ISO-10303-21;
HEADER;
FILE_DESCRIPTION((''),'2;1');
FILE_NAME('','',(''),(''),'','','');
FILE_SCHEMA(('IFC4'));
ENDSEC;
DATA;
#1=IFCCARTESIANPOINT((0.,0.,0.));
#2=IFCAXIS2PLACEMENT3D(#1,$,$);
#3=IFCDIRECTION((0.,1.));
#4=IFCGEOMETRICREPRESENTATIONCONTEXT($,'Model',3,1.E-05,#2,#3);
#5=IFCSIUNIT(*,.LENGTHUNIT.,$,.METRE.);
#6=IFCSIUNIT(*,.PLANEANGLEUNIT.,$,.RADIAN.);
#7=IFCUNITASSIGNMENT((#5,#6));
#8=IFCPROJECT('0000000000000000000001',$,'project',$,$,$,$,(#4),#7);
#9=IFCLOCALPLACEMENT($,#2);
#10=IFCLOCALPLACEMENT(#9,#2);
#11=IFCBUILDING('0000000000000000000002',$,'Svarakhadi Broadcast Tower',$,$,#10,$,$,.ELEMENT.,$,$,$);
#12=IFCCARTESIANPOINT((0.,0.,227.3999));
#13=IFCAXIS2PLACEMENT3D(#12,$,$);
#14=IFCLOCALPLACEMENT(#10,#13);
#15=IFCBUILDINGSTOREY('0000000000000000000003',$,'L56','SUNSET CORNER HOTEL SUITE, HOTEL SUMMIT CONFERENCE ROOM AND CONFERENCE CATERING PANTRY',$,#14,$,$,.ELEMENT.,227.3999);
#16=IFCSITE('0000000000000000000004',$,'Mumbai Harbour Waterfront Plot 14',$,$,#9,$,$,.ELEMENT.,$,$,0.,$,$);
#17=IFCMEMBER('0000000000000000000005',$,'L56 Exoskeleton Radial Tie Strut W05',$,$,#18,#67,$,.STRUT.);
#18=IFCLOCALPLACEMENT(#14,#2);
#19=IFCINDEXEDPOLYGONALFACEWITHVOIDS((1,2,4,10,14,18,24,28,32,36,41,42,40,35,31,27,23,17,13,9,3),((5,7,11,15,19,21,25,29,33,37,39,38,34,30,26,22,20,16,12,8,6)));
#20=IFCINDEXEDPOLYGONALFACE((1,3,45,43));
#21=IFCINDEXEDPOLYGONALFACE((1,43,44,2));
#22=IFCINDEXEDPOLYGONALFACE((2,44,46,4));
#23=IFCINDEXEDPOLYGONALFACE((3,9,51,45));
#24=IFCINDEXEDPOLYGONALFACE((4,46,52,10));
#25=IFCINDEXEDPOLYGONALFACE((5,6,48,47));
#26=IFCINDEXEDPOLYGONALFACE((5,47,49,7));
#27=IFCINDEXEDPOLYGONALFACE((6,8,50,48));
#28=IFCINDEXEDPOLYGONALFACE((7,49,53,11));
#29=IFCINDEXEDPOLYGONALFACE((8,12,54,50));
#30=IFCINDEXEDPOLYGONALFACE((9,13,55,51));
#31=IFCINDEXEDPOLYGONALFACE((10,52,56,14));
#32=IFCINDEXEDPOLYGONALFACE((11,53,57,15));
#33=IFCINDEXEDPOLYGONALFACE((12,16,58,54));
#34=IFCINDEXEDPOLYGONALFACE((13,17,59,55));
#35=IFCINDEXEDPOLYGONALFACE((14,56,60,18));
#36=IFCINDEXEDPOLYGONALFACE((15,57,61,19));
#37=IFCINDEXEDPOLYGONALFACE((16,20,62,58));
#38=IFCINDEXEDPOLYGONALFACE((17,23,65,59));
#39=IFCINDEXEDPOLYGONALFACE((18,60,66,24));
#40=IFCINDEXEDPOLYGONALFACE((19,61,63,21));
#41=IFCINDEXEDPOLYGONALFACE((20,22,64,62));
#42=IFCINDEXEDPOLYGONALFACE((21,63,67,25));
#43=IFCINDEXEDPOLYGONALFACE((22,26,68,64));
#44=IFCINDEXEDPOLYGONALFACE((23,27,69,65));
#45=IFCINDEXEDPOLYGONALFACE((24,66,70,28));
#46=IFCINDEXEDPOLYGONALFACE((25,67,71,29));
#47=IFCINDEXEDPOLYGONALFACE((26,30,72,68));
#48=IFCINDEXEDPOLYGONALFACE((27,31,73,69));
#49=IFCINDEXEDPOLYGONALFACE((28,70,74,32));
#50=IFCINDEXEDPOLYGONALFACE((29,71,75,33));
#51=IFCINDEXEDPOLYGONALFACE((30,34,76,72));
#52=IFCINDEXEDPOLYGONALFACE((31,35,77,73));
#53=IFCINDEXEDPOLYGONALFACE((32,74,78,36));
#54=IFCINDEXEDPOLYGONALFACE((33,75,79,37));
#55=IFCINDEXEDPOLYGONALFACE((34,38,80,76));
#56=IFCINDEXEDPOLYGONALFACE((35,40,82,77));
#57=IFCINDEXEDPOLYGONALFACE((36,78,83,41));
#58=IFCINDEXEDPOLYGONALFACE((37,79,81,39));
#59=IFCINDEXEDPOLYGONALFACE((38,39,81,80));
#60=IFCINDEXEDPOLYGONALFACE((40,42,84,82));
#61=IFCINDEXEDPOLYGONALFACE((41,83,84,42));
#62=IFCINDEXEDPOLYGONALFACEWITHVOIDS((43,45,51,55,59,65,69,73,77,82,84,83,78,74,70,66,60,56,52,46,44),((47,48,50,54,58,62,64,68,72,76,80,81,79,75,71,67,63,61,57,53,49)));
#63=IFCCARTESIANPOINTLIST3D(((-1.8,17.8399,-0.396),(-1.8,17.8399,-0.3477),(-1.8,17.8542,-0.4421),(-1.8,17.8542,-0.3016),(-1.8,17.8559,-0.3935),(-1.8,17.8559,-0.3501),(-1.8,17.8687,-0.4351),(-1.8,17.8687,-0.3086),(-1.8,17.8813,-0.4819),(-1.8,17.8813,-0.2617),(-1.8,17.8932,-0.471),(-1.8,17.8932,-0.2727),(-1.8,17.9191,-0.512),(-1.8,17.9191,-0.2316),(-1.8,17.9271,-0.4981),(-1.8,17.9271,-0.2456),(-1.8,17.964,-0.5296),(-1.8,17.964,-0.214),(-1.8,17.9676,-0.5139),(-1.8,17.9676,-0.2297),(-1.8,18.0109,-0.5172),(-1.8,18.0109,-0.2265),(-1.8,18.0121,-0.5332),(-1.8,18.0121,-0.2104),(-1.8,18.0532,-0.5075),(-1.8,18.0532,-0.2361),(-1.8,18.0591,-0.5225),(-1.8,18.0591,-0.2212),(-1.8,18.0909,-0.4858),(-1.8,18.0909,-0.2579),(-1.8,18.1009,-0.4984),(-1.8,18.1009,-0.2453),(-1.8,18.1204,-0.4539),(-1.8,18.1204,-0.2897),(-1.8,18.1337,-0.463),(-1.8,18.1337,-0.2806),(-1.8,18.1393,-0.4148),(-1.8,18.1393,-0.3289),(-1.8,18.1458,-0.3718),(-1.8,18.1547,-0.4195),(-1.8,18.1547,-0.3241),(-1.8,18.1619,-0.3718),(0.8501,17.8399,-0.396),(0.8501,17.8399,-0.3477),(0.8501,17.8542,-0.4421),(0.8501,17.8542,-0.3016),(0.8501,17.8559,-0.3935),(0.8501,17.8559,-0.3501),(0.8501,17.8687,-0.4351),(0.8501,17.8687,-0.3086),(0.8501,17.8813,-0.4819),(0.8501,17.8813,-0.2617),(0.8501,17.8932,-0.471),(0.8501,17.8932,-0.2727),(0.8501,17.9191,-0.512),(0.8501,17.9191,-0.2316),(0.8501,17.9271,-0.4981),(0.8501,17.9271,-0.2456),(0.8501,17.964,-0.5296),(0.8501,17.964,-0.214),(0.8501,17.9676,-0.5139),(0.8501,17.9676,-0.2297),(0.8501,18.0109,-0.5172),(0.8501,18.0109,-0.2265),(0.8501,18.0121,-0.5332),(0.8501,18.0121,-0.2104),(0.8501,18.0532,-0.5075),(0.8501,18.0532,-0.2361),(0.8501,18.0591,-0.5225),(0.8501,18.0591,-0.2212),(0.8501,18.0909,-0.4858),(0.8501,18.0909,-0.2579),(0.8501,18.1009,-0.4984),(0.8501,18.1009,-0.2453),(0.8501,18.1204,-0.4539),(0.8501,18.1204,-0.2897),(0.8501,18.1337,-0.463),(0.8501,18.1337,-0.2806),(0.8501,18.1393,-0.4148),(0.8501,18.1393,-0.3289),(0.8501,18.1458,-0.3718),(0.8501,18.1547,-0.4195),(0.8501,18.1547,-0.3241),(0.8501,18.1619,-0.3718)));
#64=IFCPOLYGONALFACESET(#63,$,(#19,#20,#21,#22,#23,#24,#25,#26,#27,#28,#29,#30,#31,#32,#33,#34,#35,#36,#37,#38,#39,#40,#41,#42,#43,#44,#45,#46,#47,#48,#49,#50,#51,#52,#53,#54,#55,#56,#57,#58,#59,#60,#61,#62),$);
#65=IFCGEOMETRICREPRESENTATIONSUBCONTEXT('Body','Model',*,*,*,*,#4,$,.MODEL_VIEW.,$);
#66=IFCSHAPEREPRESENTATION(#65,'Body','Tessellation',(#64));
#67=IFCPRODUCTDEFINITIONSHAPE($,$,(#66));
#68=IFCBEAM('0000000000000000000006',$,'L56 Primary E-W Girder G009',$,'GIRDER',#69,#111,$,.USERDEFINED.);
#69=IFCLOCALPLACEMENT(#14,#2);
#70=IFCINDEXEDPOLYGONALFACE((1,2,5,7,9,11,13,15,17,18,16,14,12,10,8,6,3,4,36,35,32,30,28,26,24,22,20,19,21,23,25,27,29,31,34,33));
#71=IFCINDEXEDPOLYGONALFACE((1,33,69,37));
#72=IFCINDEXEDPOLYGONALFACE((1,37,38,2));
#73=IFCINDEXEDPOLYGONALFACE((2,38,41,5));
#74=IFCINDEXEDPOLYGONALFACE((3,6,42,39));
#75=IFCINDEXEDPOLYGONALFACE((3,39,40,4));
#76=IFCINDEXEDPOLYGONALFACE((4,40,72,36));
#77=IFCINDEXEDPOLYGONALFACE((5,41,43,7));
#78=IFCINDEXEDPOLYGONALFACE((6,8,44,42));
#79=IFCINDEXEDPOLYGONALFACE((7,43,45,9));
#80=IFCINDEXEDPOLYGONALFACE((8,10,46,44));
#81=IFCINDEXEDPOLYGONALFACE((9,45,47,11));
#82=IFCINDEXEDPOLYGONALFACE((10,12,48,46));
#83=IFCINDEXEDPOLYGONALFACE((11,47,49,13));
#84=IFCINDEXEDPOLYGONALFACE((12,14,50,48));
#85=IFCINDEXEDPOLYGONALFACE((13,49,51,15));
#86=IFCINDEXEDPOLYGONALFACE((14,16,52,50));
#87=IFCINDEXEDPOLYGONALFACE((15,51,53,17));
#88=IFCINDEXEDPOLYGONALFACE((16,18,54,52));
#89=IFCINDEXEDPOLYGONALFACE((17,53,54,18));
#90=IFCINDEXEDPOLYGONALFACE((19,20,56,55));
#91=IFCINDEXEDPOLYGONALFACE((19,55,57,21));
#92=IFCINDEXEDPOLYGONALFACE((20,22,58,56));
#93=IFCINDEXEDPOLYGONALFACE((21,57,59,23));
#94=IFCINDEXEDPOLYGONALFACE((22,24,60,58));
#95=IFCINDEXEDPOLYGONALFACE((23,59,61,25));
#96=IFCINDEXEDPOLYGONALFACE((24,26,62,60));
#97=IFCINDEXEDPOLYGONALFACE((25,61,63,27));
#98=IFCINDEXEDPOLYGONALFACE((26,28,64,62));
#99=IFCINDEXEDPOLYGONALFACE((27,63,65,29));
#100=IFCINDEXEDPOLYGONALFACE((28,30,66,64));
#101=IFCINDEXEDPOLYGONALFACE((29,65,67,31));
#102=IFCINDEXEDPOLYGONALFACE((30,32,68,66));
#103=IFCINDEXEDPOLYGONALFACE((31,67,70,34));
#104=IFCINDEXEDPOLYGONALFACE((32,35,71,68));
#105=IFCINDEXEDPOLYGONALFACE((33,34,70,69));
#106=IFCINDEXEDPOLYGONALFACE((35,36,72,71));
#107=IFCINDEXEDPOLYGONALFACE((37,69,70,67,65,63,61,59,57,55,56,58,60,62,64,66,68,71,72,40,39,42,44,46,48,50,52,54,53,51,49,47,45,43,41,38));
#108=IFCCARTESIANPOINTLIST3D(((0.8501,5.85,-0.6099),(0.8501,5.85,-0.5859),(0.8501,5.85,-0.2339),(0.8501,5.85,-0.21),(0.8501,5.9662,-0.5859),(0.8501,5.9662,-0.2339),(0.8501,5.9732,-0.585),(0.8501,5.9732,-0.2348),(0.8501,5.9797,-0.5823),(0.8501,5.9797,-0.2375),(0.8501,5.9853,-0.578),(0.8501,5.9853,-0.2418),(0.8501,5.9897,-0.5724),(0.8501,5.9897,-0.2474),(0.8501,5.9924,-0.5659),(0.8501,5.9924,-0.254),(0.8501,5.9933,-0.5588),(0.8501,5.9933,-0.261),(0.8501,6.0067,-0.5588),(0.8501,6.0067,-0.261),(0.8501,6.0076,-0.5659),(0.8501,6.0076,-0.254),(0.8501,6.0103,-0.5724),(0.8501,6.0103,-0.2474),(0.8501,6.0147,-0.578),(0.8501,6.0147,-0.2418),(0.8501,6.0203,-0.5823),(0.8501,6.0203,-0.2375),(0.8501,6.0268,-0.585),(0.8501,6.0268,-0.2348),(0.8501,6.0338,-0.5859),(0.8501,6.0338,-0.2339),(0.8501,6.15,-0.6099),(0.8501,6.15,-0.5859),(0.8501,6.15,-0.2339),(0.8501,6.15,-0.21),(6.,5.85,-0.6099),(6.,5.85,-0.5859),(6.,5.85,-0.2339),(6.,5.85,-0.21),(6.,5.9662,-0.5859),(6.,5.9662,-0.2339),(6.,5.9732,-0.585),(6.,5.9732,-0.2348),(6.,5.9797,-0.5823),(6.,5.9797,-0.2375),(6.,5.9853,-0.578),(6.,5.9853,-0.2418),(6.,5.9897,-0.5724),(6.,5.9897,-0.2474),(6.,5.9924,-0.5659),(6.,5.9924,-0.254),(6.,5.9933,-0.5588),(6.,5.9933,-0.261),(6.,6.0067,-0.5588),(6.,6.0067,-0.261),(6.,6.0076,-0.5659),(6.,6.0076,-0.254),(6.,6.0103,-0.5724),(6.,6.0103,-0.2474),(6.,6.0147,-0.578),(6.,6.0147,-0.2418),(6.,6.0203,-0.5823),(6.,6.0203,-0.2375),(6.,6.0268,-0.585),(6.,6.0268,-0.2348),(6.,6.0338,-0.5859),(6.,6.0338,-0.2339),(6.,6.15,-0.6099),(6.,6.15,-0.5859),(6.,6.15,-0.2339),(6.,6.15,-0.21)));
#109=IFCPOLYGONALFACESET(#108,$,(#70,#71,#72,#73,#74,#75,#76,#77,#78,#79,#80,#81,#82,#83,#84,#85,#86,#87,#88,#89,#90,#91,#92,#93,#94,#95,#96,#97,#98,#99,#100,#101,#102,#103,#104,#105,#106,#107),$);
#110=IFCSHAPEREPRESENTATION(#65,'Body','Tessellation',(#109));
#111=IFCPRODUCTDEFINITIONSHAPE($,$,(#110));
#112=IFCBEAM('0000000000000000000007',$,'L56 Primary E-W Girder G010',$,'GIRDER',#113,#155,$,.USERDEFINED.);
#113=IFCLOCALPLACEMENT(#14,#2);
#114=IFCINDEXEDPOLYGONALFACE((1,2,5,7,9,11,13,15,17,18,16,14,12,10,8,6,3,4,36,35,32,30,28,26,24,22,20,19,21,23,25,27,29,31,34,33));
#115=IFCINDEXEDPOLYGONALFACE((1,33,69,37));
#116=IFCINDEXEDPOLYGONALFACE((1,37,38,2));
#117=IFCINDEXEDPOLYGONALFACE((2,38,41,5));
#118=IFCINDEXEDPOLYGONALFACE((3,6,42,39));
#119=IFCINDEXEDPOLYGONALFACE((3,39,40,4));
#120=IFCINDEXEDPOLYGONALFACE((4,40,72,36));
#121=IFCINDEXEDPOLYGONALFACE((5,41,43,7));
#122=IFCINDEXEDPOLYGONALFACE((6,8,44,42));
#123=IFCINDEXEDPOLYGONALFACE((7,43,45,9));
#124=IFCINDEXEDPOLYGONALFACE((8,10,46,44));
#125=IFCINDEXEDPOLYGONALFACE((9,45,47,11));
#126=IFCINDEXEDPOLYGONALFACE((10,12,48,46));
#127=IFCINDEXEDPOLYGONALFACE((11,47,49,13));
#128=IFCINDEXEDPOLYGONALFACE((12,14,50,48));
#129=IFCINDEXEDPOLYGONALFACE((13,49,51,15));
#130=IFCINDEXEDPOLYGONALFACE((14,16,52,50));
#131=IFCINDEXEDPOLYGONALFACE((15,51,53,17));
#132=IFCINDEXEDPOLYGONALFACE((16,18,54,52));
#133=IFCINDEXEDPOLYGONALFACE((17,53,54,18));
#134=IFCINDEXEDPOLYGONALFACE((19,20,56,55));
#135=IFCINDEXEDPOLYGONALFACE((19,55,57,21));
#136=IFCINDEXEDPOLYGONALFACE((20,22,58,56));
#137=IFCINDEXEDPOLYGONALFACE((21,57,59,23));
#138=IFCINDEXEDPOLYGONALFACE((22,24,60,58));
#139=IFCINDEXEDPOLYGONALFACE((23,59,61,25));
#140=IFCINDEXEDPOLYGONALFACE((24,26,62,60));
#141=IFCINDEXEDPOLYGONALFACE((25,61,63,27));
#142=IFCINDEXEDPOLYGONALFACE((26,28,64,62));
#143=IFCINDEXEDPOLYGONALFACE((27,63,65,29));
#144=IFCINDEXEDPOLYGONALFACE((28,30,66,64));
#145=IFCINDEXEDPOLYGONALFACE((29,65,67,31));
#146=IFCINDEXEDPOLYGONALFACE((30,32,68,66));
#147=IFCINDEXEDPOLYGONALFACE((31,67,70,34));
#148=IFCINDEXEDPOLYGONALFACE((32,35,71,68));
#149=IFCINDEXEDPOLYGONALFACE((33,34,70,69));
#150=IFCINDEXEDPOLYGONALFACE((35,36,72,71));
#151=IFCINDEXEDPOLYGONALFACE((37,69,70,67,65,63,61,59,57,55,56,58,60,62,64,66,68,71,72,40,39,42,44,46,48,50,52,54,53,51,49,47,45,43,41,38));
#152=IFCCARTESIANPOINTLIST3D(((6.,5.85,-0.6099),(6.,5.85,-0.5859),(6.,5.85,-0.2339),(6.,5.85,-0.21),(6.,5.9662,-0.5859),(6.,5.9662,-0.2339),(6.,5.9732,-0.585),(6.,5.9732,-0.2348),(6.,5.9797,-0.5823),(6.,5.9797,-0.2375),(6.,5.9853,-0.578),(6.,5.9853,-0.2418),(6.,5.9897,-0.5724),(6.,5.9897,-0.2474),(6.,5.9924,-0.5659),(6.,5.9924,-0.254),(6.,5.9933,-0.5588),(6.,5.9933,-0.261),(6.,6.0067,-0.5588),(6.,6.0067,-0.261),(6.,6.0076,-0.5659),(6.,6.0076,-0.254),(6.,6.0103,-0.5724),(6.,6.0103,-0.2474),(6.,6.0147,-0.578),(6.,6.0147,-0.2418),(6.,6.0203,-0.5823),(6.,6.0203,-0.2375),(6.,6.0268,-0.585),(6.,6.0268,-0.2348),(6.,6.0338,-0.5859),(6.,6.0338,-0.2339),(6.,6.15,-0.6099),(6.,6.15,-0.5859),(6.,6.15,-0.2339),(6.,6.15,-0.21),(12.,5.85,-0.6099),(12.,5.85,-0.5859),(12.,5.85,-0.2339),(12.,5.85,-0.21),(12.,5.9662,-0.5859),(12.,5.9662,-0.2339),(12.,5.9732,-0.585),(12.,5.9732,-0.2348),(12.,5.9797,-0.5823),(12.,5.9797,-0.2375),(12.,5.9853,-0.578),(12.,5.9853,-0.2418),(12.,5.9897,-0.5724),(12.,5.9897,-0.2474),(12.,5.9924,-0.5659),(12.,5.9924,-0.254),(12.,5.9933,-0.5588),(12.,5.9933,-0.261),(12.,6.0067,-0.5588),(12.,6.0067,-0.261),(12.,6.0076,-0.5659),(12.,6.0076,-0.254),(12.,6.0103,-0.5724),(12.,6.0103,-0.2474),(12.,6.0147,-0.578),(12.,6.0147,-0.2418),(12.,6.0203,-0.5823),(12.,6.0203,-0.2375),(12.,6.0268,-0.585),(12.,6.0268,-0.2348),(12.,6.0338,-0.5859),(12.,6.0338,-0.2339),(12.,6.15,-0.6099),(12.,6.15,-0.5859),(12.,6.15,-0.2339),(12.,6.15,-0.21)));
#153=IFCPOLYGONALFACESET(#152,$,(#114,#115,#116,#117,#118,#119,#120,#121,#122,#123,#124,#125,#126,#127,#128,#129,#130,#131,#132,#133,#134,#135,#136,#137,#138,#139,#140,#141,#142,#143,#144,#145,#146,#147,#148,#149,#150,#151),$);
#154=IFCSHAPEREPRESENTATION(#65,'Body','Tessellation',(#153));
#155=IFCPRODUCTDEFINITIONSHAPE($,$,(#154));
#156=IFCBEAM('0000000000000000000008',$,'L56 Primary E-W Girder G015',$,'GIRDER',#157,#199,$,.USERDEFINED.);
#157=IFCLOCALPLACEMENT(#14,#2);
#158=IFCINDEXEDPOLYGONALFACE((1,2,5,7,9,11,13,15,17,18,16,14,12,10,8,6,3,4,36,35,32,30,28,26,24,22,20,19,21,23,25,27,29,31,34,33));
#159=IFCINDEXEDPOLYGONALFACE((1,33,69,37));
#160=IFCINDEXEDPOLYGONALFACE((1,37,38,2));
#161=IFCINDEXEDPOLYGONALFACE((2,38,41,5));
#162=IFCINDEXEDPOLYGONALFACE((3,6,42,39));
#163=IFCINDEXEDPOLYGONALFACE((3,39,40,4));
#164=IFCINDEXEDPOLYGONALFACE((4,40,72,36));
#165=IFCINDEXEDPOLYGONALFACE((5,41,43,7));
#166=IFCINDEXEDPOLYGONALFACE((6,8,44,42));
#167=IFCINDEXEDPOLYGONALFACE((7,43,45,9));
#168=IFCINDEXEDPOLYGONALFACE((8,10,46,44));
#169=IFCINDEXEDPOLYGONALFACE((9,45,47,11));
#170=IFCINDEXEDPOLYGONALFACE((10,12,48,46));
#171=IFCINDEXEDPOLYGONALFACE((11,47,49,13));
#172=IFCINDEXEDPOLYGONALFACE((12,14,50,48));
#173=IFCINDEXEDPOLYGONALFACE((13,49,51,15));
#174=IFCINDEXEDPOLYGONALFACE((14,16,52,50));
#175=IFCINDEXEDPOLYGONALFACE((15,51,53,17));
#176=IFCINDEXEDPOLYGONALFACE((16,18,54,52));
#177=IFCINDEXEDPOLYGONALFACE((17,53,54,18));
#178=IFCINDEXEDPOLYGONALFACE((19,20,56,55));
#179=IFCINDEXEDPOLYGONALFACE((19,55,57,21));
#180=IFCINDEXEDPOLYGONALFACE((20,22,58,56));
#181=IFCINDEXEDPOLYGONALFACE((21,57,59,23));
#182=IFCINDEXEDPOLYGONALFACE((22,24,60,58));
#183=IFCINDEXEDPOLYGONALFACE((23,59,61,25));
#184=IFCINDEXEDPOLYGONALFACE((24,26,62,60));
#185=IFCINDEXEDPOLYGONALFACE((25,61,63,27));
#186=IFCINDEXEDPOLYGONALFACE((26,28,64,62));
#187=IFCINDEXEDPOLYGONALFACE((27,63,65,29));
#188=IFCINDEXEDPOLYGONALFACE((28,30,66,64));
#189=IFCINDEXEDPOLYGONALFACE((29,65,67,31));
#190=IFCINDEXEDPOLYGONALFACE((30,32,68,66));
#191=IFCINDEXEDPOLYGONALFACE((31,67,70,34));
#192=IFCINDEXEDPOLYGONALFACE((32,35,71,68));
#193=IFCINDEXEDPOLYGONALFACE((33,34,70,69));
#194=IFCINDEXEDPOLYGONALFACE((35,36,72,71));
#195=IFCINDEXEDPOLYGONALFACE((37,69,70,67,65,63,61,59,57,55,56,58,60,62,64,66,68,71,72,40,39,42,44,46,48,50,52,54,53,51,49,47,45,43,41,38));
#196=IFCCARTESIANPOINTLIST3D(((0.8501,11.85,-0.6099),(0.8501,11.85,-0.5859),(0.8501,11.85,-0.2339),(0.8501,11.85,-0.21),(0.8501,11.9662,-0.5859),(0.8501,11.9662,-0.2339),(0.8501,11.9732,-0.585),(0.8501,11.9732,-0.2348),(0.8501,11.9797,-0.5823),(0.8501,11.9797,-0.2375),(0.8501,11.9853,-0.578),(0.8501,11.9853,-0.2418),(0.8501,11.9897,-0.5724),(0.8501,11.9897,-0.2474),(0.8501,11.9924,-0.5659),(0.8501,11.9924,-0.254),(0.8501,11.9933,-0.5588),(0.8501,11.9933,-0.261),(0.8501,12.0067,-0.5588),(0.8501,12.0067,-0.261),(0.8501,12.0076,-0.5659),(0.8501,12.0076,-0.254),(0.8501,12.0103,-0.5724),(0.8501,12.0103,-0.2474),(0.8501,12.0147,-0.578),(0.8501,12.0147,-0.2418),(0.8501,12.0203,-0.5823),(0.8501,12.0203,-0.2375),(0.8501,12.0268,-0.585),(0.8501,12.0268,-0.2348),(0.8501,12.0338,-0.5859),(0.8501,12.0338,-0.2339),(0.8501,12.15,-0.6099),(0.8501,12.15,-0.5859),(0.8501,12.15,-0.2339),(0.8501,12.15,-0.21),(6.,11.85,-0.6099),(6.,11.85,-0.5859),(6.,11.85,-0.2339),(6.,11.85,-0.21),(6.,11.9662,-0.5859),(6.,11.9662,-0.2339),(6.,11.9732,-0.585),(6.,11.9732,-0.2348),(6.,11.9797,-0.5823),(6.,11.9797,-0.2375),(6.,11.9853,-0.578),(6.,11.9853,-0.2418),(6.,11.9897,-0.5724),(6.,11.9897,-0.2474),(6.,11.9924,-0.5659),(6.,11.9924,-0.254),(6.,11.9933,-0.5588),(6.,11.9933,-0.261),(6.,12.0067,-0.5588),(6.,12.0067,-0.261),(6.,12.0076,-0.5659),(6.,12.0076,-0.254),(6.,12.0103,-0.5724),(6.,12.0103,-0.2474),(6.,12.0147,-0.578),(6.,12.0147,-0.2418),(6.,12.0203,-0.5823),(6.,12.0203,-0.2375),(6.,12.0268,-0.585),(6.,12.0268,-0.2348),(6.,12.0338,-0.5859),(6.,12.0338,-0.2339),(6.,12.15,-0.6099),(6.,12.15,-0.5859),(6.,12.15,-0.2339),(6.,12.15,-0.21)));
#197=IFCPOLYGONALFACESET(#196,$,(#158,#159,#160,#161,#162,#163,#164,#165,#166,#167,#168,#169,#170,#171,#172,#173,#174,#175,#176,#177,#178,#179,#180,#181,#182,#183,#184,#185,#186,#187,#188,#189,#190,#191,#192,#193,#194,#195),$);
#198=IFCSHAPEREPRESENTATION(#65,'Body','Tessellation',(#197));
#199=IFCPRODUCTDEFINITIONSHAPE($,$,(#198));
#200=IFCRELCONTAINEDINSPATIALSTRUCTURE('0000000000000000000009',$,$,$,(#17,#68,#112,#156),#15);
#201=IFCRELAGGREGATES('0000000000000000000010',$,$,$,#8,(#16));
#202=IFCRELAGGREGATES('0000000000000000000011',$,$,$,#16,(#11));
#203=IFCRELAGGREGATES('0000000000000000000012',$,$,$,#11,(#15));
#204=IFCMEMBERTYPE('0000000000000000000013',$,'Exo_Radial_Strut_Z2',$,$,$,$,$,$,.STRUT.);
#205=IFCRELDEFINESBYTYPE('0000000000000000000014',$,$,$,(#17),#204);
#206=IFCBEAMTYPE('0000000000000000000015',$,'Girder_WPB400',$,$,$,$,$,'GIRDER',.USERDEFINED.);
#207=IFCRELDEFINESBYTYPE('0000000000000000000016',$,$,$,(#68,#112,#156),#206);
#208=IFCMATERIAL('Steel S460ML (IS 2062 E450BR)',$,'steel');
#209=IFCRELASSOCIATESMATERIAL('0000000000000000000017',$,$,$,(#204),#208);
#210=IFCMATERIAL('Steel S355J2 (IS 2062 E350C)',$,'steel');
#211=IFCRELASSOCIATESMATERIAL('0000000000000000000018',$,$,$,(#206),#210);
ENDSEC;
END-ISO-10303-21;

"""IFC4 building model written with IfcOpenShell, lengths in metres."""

from ifc_helpers import new_model, si_unit, direction, frame, origin, origin_2d, place, context, subcontext, project, spatial, hollow_circle, i_section, extrude, material, material_profile, profile_set, type_object, element, save


model = new_model("IFC4")

# Units and contexts
model_context = context("Model", 3, precision=1e-05, world=origin(), true_north=direction((0.0, 1.0)))
body_context = subcontext(model_context, "Body", "Model", "MODEL_VIEW")
ifc_project = project(units=[si_unit("LENGTHUNIT", "METRE"), si_unit("PLANEANGLEUNIT", "RADIAN")], contexts=[model_context])

# Site, building, storey
site_placement = place(None, origin())
site = spatial("IfcSite", under=ifc_project, at=site_placement, Name="Mumbai Harbour Waterfront Plot 14", CompositionType="ELEMENT", RefElevation=0.0)
building_placement = place(site_placement, origin())
building = spatial("IfcBuilding", under=site, at=building_placement, Name="Svarakhadi Broadcast Tower", CompositionType="ELEMENT")
storey_placement = place(building_placement, frame((0.0, 0.0, 227.3999)))
storey = spatial("IfcBuildingStorey", under=building, at=storey_placement, Name="L56", Description="SUNSET CORNER HOTEL SUITE, HOTEL SUMMIT CONFERENCE ROOM AND CONFERENCE CATERING PANTRY", CompositionType="ELEMENT", Elevation=227.3999)

# Shared definitions
ifc_material_1 = material(Name="Steel S460ML (IS 2062 E450BR)", Category="steel")

# Shared definitions
ifc_material_2 = material(Name="Steel S355J2 (IS 2062 E350C)", Category="steel")

# Member
ifc_material_profile_1 = material_profile(ifc_material_1, hollow_circle(Radius=0.1619, WallThickness=0.0161, at=origin_2d()), Name="CHS 323.9x16")
ifc_profile_set_1 = profile_set([ifc_material_profile_1], Name="Steel S460ML (IS 2062 E450BR)")
member_type_1 = type_object("IfcMemberType", Name="Exo_Radial_Strut_Z2", PredefinedType="STRUT", material=ifc_profile_set_1)
member_1_placement = place(storey_placement, frame((-1.8, 18.0, -0.3718), z_axis=(1.0, 0.0, 0.0), x_axis=(0.0, 1.0, 0.0)))
element("IfcMember", 1, at=member_1_placement, inside=storey, type_object=member_type_1, Name="L56 Exoskeleton Radial Tie Strut W05", PredefinedType="STRUT", context=body_context, shape_type="SweptSolid", body=[
    extrude(hollow_circle(Radius=0.1619, WallThickness=0.0161, at=origin_2d()), origin(), (0.0, 0.0, 1.0), 2.6501),
])

# Beams
ifc_material_profile_2 = material_profile(ifc_material_2, i_section(OverallWidth=0.3, OverallDepth=0.3999, WebThickness=0.0134, FlangeThickness=0.0239, FilletRadius=0.0271, at=origin_2d()), Name="WPB 400x300x155")
ifc_profile_set_2 = profile_set([ifc_material_profile_2], Name="Steel S355J2 (IS 2062 E350C)")
beam_type_1 = type_object("IfcBeamType", Name="Girder_WPB400", ElementType="GIRDER", PredefinedType="USERDEFINED", material=ifc_profile_set_2)
beam_1_placement = place(storey_placement, frame((0.8501, 6.0, -0.4099), z_axis=(1.0, 0.0, 0.0), x_axis=(0.0, 1.0, 0.0)))
element("IfcBeam", 2, at=beam_1_placement, inside=storey, type_object=beam_type_1, Name="L56 Primary E-W Girder G009", ObjectType="GIRDER", PredefinedType="USERDEFINED", context=body_context, shape_type="SweptSolid", body=[
    extrude(i_section(OverallWidth=0.3, OverallDepth=0.3999, WebThickness=0.0134, FlangeThickness=0.0239, FilletRadius=0.0271, at=origin_2d()), origin(), (0.0, 0.0, 1.0), 5.1499),
])
beam_2_placement = place(storey_placement, frame((6.0, 6.0, -0.4099), z_axis=(1.0, 0.0, 0.0), x_axis=(0.0, 1.0, 0.0)))
element("IfcBeam", 3, at=beam_2_placement, inside=storey, type_object=beam_type_1, Name="L56 Primary E-W Girder G010", ObjectType="GIRDER", PredefinedType="USERDEFINED", context=body_context, shape_type="SweptSolid", body=[
    extrude(i_section(OverallWidth=0.3, OverallDepth=0.3999, WebThickness=0.0134, FlangeThickness=0.0239, FilletRadius=0.0271, at=origin_2d()), origin(), (0.0, 0.0, 1.0), 6.0),
])
for number, where, z_axis, x_axis, name in (
    (4, (0.8501, 12.0, -0.4099), (1.0, 0.0, 0.0), (0.0, 1.0, 0.0), "L56 Primary E-W Girder G015"),
):
    element("IfcBeam", number, at=place(storey_placement, frame(where, z_axis=z_axis, x_axis=x_axis)), inside=storey, type_object=beam_type_1, Name=name, ObjectType="GIRDER", PredefinedType="USERDEFINED", context=body_context, shape_type="SweptSolid", body=[
        extrude(i_section(OverallWidth=0.3, OverallDepth=0.3999, WebThickness=0.0134, FlangeThickness=0.0239, FilletRadius=0.0271, at=origin_2d()), origin(), (0.0, 0.0, 1.0), 5.1499),
    ])

save(model, "model.ifc")
